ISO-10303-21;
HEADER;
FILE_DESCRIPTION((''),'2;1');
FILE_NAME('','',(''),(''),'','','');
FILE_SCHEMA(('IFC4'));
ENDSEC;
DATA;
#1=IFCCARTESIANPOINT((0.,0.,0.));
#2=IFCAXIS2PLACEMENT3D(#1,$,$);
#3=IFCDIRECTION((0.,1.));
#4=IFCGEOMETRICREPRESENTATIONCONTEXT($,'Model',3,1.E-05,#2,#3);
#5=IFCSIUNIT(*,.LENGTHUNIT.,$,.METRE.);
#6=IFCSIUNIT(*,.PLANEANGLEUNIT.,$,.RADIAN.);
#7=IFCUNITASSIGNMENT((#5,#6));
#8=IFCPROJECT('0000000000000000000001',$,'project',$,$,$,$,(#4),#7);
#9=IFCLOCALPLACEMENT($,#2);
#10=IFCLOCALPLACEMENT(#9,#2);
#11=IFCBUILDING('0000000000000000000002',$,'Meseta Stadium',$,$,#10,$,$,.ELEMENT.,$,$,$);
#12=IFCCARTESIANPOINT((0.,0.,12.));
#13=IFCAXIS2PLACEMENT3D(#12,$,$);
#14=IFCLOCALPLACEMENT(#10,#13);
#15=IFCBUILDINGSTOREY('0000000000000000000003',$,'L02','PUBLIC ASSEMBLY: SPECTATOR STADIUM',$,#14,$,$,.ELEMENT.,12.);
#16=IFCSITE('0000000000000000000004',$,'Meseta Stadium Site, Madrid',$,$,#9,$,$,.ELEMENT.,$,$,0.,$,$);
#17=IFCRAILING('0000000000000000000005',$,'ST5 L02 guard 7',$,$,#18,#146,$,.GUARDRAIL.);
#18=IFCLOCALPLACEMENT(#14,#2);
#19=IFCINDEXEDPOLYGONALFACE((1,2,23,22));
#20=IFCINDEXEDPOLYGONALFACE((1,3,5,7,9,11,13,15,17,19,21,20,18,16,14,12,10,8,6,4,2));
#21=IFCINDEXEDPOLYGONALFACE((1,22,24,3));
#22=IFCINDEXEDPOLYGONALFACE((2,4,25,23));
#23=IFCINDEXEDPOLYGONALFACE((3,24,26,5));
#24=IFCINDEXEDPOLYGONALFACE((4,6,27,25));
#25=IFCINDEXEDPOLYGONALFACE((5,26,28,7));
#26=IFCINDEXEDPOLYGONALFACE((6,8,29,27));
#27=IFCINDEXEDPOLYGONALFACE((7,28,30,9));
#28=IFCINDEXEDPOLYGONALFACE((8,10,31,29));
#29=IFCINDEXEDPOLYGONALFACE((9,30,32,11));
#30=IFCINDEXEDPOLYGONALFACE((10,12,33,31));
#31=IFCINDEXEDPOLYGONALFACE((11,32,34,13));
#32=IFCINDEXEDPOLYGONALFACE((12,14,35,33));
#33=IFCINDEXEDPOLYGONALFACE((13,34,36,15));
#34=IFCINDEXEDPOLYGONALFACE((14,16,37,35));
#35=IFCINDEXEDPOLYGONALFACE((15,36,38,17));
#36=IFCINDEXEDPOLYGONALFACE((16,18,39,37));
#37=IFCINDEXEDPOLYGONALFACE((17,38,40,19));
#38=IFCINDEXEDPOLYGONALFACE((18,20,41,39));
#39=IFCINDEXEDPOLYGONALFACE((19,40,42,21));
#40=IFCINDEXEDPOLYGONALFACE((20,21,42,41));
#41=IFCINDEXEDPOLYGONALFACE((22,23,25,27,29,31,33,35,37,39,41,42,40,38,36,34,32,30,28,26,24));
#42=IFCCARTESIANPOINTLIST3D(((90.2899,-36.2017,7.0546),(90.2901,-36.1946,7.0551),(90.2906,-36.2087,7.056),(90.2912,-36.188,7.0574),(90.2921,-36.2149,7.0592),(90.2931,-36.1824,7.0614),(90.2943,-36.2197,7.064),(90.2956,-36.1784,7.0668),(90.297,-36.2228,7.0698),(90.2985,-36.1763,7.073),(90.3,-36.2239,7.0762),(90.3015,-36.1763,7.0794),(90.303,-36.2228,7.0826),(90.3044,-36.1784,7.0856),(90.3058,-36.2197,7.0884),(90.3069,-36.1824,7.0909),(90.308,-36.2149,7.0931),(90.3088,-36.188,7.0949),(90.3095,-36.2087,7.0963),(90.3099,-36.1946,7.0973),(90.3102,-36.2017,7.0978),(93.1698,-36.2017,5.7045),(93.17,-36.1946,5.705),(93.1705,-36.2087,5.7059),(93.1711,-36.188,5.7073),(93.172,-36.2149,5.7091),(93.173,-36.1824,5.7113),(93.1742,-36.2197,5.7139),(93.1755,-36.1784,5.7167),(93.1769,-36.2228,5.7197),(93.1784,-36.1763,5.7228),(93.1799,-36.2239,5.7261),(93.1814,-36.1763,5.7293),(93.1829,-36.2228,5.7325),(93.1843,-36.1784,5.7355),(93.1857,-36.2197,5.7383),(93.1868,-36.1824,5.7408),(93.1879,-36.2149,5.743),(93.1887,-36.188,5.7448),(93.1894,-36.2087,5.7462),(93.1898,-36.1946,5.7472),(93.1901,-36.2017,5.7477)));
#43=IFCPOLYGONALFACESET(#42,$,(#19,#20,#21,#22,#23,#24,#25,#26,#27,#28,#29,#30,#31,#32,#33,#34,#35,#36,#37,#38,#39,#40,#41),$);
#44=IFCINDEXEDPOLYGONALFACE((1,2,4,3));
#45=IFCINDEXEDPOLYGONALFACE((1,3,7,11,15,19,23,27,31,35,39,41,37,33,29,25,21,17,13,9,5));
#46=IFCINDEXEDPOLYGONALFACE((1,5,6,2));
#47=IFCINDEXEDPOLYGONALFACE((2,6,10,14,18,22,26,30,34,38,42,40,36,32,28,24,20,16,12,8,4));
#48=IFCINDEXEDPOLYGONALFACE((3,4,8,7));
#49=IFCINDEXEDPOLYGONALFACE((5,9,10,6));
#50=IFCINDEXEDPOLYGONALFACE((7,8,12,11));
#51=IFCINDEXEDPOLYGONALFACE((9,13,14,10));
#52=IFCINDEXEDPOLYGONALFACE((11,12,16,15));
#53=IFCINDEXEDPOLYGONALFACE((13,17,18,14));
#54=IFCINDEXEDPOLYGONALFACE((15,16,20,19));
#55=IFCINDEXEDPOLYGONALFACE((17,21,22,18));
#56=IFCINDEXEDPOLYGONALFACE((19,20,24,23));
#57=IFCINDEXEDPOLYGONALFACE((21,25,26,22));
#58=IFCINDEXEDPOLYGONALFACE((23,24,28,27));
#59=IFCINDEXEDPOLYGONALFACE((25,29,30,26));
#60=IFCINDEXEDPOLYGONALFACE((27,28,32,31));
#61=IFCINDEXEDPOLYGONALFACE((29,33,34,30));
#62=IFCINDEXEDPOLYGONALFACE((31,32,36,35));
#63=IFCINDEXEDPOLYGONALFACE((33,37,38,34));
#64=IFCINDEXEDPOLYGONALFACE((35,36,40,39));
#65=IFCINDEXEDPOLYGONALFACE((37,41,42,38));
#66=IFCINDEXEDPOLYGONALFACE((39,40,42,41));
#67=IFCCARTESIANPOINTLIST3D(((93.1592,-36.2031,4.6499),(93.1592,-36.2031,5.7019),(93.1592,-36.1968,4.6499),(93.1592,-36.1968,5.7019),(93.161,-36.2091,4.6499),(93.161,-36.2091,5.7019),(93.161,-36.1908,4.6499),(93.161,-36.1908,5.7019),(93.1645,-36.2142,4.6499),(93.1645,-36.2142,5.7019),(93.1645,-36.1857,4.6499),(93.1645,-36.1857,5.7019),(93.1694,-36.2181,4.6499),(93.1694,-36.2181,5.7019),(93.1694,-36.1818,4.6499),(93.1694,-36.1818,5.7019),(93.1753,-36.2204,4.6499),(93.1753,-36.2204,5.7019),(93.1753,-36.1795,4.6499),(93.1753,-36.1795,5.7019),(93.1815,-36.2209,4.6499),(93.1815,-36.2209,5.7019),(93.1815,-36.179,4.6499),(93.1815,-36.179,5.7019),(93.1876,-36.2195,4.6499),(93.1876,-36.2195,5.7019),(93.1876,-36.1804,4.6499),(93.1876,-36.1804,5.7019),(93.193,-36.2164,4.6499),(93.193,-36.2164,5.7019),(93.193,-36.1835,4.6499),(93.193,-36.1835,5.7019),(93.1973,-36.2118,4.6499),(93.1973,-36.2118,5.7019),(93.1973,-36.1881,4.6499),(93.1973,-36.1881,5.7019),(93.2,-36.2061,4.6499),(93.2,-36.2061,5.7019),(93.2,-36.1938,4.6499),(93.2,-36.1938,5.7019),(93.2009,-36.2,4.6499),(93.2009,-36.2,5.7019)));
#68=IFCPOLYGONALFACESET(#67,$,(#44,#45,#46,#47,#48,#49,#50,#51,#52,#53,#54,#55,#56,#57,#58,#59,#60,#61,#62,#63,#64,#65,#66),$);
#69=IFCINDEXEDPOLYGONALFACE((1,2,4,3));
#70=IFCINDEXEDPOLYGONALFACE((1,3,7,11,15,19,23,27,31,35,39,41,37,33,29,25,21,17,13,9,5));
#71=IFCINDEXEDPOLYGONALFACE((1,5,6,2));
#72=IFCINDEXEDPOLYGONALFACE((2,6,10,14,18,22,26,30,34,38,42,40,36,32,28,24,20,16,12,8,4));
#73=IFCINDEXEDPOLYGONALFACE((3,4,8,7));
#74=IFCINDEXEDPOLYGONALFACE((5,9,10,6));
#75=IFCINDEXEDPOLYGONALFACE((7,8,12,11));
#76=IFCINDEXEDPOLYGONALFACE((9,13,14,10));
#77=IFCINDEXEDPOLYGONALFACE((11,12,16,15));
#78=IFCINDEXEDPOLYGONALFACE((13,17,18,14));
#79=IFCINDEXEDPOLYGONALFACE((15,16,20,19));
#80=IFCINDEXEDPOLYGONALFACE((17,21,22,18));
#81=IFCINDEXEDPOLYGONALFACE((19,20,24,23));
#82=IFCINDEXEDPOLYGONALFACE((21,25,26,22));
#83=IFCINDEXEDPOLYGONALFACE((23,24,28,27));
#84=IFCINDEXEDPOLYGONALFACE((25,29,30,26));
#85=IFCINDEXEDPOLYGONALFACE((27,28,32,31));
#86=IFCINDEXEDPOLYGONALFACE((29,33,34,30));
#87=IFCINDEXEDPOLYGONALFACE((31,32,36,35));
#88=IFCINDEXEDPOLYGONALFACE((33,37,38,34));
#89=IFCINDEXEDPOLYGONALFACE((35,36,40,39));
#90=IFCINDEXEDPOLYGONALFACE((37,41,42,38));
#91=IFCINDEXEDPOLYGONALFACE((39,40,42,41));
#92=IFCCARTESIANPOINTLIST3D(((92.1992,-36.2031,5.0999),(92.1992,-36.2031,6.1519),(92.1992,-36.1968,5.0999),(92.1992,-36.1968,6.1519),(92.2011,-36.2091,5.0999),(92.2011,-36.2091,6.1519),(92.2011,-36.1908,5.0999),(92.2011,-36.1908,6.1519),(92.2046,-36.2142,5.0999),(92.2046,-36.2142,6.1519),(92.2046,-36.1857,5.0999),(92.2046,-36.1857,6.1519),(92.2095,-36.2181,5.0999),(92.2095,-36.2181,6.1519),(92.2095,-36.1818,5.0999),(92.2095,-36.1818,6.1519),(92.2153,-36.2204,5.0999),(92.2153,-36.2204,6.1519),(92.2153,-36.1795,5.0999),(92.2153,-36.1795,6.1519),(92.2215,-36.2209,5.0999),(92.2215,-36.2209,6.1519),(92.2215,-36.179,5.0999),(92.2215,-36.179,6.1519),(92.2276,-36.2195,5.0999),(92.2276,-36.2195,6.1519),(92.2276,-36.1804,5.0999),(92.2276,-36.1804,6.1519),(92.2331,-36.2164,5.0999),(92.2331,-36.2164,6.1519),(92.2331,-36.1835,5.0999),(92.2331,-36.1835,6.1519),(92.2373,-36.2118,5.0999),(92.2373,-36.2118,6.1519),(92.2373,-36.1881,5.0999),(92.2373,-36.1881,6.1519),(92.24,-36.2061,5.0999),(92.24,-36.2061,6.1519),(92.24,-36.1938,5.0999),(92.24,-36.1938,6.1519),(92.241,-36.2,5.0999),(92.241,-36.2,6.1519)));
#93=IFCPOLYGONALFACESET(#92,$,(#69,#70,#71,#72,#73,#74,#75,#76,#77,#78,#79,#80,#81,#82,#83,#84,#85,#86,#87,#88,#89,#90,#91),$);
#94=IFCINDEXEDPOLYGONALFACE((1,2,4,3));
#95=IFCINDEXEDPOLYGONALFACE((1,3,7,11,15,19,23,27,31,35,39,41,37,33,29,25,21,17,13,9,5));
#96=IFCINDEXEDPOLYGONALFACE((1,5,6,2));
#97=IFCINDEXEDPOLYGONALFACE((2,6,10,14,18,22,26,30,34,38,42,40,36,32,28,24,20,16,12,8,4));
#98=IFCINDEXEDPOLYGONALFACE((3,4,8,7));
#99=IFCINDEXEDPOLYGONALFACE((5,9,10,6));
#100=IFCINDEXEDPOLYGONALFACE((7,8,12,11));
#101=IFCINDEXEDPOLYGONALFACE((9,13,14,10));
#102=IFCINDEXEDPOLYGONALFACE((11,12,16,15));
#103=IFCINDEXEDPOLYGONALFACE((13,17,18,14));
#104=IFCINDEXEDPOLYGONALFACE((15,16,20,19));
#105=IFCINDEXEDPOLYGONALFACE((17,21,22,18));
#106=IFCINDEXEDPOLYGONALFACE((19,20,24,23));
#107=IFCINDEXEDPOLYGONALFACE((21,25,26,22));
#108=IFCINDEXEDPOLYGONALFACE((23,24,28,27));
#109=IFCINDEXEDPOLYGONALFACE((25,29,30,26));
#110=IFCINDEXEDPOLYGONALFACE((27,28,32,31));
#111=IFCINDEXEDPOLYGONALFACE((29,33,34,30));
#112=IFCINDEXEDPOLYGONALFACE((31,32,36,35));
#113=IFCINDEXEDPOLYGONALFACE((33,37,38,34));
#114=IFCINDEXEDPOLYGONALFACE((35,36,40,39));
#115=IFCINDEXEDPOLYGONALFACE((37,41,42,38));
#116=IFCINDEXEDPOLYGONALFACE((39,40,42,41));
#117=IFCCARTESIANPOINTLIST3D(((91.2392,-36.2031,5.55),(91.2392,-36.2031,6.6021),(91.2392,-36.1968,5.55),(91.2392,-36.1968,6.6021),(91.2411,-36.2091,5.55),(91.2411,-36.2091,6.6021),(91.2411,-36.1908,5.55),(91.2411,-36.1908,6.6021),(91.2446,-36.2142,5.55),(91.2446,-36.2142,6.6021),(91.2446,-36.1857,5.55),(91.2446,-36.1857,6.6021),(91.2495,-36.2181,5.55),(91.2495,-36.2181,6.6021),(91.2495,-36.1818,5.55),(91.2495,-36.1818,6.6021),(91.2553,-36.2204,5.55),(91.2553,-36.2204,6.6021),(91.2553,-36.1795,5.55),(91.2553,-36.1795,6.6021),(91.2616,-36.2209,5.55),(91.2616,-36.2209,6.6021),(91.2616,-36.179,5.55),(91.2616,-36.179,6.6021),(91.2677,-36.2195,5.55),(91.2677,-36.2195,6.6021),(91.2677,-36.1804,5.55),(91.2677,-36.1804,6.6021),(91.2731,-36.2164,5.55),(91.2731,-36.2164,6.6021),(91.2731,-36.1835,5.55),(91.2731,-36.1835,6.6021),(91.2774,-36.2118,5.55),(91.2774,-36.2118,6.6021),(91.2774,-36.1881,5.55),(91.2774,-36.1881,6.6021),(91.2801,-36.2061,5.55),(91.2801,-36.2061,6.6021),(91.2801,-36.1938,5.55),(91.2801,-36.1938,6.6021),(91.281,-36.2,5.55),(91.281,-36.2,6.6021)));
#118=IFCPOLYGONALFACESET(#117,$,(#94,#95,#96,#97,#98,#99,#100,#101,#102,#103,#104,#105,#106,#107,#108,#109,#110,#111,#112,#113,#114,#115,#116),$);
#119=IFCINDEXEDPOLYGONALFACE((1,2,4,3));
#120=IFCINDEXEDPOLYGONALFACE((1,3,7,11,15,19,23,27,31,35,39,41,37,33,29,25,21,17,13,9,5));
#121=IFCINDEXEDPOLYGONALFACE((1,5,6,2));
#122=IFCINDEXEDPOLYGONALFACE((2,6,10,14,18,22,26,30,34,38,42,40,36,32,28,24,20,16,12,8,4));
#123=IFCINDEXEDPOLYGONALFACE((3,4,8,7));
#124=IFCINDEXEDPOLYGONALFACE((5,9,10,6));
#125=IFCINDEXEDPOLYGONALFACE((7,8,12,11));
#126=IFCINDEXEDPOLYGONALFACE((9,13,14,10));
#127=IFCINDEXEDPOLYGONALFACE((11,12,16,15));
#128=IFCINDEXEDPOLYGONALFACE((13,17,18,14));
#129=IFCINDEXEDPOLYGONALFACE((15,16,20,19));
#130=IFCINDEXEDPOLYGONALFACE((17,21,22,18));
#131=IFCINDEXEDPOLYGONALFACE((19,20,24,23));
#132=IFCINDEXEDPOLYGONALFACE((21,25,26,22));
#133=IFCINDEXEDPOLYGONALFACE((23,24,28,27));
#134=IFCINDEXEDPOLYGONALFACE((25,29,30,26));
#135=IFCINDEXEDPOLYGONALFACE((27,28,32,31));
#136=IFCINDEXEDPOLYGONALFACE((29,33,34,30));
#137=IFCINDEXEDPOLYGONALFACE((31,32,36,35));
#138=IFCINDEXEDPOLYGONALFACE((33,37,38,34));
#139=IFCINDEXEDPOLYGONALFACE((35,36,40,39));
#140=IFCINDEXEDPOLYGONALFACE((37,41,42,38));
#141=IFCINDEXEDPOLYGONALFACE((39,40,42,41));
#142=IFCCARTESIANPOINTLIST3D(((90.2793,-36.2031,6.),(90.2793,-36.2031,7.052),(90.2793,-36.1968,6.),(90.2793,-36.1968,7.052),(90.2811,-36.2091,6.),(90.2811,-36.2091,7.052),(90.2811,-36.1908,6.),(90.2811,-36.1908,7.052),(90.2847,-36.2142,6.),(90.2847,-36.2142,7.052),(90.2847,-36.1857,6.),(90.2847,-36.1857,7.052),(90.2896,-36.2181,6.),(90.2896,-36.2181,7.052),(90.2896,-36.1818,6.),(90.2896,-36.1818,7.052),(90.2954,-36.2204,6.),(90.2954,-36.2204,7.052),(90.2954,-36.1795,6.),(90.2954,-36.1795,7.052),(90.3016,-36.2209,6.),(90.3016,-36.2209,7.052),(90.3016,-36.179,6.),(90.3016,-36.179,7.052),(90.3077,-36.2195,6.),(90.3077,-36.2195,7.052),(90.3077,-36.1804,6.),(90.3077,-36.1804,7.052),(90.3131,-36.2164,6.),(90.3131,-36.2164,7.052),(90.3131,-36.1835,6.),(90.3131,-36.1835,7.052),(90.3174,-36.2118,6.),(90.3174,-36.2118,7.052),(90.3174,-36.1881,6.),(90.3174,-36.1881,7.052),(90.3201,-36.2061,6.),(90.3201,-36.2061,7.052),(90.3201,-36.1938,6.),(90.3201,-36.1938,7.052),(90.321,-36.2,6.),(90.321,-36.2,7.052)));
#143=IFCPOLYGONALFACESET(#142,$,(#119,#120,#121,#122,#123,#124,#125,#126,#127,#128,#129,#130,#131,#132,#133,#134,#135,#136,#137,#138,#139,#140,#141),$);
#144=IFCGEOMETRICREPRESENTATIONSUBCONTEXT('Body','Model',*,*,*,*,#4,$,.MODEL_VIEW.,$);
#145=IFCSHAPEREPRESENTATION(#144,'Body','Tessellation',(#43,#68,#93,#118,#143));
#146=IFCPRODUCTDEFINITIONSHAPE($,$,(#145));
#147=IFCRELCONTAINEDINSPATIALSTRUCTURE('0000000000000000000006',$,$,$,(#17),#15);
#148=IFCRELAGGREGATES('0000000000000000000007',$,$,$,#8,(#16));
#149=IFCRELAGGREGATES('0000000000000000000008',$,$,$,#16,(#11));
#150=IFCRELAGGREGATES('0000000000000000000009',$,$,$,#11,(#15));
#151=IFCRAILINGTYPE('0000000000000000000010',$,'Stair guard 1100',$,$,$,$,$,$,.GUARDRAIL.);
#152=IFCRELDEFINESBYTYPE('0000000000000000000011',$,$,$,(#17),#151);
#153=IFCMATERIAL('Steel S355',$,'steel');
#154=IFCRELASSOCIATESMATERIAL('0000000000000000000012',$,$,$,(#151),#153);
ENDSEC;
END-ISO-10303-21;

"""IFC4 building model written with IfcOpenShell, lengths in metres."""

from ifc_helpers import new_model, si_unit, direction, frame, origin, origin_2d, place, context, subcontext, project, spatial, circle, extrude, material, type_object, element, save


model = new_model("IFC4")

# Units and contexts
model_context = context("Model", 3, precision=1e-05, world=origin(), true_north=direction((0.0, 1.0)))
body_context = subcontext(model_context, "Body", "Model", "MODEL_VIEW")
ifc_project = project(units=[si_unit("LENGTHUNIT", "METRE"), si_unit("PLANEANGLEUNIT", "RADIAN")], contexts=[model_context])

# Site, building, storey
site_placement = place(None, origin())
site = spatial("IfcSite", under=ifc_project, at=site_placement, Name="Meseta Stadium Site, Madrid", CompositionType="ELEMENT", RefElevation=0.0)
building_placement = place(site_placement, origin())
building = spatial("IfcBuilding", under=site, at=building_placement, Name="Meseta Stadium", CompositionType="ELEMENT")
storey_placement = place(building_placement, frame((0.0, 0.0, 12.0)))
storey = spatial("IfcBuildingStorey", under=building, at=storey_placement, Name="L02", Description="PUBLIC ASSEMBLY: SPECTATOR STADIUM", CompositionType="ELEMENT", Elevation=12.0)

# Railing
ifc_material_1 = material(Name="Steel S355", Category="steel")
railing_type_1 = type_object("IfcRailingType", Name="Stair guard 1100", PredefinedType="GUARDRAIL", material=ifc_material_1)
railing_1_placement = place(storey_placement, frame((93.1799, -36.2, 4.6499)))
element("IfcRailing", 1, at=railing_1_placement, inside=storey, type_object=railing_type_1, Name="ST5 L02 guard 7", PredefinedType="GUARDRAIL", context=body_context, shape_type="SweptSolid", body=[
    extrude(circle(Radius=0.0239, at=origin_2d()), frame((0.0, 0.0, 1.0762), z_axis=(-0.90544, 0.0, 0.424473), x_axis=(0.0, -1.0, 0.0)), (0.0, 0.0, 1.0), 3.1807),
    extrude(circle(Radius=0.021, at=origin_2d()), origin(), (0.0, 0.0, 1.0), 1.052),
    extrude(circle(Radius=0.021, at=origin_2d()), frame((-0.96, 0.0, 0.45)), (0.0, 0.0, 1.0), 1.052),
    extrude(circle(Radius=0.021, at=origin_2d()), frame((-1.9199, 0.0, 0.9001)), (0.0, 0.0, 1.0), 1.052),
    extrude(circle(Radius=0.021, at=origin_2d()), frame((-2.8799, 0.0, 1.3501)), (0.0, 0.0, 1.0), 1.052),
])

save(model, "model.ifc")
